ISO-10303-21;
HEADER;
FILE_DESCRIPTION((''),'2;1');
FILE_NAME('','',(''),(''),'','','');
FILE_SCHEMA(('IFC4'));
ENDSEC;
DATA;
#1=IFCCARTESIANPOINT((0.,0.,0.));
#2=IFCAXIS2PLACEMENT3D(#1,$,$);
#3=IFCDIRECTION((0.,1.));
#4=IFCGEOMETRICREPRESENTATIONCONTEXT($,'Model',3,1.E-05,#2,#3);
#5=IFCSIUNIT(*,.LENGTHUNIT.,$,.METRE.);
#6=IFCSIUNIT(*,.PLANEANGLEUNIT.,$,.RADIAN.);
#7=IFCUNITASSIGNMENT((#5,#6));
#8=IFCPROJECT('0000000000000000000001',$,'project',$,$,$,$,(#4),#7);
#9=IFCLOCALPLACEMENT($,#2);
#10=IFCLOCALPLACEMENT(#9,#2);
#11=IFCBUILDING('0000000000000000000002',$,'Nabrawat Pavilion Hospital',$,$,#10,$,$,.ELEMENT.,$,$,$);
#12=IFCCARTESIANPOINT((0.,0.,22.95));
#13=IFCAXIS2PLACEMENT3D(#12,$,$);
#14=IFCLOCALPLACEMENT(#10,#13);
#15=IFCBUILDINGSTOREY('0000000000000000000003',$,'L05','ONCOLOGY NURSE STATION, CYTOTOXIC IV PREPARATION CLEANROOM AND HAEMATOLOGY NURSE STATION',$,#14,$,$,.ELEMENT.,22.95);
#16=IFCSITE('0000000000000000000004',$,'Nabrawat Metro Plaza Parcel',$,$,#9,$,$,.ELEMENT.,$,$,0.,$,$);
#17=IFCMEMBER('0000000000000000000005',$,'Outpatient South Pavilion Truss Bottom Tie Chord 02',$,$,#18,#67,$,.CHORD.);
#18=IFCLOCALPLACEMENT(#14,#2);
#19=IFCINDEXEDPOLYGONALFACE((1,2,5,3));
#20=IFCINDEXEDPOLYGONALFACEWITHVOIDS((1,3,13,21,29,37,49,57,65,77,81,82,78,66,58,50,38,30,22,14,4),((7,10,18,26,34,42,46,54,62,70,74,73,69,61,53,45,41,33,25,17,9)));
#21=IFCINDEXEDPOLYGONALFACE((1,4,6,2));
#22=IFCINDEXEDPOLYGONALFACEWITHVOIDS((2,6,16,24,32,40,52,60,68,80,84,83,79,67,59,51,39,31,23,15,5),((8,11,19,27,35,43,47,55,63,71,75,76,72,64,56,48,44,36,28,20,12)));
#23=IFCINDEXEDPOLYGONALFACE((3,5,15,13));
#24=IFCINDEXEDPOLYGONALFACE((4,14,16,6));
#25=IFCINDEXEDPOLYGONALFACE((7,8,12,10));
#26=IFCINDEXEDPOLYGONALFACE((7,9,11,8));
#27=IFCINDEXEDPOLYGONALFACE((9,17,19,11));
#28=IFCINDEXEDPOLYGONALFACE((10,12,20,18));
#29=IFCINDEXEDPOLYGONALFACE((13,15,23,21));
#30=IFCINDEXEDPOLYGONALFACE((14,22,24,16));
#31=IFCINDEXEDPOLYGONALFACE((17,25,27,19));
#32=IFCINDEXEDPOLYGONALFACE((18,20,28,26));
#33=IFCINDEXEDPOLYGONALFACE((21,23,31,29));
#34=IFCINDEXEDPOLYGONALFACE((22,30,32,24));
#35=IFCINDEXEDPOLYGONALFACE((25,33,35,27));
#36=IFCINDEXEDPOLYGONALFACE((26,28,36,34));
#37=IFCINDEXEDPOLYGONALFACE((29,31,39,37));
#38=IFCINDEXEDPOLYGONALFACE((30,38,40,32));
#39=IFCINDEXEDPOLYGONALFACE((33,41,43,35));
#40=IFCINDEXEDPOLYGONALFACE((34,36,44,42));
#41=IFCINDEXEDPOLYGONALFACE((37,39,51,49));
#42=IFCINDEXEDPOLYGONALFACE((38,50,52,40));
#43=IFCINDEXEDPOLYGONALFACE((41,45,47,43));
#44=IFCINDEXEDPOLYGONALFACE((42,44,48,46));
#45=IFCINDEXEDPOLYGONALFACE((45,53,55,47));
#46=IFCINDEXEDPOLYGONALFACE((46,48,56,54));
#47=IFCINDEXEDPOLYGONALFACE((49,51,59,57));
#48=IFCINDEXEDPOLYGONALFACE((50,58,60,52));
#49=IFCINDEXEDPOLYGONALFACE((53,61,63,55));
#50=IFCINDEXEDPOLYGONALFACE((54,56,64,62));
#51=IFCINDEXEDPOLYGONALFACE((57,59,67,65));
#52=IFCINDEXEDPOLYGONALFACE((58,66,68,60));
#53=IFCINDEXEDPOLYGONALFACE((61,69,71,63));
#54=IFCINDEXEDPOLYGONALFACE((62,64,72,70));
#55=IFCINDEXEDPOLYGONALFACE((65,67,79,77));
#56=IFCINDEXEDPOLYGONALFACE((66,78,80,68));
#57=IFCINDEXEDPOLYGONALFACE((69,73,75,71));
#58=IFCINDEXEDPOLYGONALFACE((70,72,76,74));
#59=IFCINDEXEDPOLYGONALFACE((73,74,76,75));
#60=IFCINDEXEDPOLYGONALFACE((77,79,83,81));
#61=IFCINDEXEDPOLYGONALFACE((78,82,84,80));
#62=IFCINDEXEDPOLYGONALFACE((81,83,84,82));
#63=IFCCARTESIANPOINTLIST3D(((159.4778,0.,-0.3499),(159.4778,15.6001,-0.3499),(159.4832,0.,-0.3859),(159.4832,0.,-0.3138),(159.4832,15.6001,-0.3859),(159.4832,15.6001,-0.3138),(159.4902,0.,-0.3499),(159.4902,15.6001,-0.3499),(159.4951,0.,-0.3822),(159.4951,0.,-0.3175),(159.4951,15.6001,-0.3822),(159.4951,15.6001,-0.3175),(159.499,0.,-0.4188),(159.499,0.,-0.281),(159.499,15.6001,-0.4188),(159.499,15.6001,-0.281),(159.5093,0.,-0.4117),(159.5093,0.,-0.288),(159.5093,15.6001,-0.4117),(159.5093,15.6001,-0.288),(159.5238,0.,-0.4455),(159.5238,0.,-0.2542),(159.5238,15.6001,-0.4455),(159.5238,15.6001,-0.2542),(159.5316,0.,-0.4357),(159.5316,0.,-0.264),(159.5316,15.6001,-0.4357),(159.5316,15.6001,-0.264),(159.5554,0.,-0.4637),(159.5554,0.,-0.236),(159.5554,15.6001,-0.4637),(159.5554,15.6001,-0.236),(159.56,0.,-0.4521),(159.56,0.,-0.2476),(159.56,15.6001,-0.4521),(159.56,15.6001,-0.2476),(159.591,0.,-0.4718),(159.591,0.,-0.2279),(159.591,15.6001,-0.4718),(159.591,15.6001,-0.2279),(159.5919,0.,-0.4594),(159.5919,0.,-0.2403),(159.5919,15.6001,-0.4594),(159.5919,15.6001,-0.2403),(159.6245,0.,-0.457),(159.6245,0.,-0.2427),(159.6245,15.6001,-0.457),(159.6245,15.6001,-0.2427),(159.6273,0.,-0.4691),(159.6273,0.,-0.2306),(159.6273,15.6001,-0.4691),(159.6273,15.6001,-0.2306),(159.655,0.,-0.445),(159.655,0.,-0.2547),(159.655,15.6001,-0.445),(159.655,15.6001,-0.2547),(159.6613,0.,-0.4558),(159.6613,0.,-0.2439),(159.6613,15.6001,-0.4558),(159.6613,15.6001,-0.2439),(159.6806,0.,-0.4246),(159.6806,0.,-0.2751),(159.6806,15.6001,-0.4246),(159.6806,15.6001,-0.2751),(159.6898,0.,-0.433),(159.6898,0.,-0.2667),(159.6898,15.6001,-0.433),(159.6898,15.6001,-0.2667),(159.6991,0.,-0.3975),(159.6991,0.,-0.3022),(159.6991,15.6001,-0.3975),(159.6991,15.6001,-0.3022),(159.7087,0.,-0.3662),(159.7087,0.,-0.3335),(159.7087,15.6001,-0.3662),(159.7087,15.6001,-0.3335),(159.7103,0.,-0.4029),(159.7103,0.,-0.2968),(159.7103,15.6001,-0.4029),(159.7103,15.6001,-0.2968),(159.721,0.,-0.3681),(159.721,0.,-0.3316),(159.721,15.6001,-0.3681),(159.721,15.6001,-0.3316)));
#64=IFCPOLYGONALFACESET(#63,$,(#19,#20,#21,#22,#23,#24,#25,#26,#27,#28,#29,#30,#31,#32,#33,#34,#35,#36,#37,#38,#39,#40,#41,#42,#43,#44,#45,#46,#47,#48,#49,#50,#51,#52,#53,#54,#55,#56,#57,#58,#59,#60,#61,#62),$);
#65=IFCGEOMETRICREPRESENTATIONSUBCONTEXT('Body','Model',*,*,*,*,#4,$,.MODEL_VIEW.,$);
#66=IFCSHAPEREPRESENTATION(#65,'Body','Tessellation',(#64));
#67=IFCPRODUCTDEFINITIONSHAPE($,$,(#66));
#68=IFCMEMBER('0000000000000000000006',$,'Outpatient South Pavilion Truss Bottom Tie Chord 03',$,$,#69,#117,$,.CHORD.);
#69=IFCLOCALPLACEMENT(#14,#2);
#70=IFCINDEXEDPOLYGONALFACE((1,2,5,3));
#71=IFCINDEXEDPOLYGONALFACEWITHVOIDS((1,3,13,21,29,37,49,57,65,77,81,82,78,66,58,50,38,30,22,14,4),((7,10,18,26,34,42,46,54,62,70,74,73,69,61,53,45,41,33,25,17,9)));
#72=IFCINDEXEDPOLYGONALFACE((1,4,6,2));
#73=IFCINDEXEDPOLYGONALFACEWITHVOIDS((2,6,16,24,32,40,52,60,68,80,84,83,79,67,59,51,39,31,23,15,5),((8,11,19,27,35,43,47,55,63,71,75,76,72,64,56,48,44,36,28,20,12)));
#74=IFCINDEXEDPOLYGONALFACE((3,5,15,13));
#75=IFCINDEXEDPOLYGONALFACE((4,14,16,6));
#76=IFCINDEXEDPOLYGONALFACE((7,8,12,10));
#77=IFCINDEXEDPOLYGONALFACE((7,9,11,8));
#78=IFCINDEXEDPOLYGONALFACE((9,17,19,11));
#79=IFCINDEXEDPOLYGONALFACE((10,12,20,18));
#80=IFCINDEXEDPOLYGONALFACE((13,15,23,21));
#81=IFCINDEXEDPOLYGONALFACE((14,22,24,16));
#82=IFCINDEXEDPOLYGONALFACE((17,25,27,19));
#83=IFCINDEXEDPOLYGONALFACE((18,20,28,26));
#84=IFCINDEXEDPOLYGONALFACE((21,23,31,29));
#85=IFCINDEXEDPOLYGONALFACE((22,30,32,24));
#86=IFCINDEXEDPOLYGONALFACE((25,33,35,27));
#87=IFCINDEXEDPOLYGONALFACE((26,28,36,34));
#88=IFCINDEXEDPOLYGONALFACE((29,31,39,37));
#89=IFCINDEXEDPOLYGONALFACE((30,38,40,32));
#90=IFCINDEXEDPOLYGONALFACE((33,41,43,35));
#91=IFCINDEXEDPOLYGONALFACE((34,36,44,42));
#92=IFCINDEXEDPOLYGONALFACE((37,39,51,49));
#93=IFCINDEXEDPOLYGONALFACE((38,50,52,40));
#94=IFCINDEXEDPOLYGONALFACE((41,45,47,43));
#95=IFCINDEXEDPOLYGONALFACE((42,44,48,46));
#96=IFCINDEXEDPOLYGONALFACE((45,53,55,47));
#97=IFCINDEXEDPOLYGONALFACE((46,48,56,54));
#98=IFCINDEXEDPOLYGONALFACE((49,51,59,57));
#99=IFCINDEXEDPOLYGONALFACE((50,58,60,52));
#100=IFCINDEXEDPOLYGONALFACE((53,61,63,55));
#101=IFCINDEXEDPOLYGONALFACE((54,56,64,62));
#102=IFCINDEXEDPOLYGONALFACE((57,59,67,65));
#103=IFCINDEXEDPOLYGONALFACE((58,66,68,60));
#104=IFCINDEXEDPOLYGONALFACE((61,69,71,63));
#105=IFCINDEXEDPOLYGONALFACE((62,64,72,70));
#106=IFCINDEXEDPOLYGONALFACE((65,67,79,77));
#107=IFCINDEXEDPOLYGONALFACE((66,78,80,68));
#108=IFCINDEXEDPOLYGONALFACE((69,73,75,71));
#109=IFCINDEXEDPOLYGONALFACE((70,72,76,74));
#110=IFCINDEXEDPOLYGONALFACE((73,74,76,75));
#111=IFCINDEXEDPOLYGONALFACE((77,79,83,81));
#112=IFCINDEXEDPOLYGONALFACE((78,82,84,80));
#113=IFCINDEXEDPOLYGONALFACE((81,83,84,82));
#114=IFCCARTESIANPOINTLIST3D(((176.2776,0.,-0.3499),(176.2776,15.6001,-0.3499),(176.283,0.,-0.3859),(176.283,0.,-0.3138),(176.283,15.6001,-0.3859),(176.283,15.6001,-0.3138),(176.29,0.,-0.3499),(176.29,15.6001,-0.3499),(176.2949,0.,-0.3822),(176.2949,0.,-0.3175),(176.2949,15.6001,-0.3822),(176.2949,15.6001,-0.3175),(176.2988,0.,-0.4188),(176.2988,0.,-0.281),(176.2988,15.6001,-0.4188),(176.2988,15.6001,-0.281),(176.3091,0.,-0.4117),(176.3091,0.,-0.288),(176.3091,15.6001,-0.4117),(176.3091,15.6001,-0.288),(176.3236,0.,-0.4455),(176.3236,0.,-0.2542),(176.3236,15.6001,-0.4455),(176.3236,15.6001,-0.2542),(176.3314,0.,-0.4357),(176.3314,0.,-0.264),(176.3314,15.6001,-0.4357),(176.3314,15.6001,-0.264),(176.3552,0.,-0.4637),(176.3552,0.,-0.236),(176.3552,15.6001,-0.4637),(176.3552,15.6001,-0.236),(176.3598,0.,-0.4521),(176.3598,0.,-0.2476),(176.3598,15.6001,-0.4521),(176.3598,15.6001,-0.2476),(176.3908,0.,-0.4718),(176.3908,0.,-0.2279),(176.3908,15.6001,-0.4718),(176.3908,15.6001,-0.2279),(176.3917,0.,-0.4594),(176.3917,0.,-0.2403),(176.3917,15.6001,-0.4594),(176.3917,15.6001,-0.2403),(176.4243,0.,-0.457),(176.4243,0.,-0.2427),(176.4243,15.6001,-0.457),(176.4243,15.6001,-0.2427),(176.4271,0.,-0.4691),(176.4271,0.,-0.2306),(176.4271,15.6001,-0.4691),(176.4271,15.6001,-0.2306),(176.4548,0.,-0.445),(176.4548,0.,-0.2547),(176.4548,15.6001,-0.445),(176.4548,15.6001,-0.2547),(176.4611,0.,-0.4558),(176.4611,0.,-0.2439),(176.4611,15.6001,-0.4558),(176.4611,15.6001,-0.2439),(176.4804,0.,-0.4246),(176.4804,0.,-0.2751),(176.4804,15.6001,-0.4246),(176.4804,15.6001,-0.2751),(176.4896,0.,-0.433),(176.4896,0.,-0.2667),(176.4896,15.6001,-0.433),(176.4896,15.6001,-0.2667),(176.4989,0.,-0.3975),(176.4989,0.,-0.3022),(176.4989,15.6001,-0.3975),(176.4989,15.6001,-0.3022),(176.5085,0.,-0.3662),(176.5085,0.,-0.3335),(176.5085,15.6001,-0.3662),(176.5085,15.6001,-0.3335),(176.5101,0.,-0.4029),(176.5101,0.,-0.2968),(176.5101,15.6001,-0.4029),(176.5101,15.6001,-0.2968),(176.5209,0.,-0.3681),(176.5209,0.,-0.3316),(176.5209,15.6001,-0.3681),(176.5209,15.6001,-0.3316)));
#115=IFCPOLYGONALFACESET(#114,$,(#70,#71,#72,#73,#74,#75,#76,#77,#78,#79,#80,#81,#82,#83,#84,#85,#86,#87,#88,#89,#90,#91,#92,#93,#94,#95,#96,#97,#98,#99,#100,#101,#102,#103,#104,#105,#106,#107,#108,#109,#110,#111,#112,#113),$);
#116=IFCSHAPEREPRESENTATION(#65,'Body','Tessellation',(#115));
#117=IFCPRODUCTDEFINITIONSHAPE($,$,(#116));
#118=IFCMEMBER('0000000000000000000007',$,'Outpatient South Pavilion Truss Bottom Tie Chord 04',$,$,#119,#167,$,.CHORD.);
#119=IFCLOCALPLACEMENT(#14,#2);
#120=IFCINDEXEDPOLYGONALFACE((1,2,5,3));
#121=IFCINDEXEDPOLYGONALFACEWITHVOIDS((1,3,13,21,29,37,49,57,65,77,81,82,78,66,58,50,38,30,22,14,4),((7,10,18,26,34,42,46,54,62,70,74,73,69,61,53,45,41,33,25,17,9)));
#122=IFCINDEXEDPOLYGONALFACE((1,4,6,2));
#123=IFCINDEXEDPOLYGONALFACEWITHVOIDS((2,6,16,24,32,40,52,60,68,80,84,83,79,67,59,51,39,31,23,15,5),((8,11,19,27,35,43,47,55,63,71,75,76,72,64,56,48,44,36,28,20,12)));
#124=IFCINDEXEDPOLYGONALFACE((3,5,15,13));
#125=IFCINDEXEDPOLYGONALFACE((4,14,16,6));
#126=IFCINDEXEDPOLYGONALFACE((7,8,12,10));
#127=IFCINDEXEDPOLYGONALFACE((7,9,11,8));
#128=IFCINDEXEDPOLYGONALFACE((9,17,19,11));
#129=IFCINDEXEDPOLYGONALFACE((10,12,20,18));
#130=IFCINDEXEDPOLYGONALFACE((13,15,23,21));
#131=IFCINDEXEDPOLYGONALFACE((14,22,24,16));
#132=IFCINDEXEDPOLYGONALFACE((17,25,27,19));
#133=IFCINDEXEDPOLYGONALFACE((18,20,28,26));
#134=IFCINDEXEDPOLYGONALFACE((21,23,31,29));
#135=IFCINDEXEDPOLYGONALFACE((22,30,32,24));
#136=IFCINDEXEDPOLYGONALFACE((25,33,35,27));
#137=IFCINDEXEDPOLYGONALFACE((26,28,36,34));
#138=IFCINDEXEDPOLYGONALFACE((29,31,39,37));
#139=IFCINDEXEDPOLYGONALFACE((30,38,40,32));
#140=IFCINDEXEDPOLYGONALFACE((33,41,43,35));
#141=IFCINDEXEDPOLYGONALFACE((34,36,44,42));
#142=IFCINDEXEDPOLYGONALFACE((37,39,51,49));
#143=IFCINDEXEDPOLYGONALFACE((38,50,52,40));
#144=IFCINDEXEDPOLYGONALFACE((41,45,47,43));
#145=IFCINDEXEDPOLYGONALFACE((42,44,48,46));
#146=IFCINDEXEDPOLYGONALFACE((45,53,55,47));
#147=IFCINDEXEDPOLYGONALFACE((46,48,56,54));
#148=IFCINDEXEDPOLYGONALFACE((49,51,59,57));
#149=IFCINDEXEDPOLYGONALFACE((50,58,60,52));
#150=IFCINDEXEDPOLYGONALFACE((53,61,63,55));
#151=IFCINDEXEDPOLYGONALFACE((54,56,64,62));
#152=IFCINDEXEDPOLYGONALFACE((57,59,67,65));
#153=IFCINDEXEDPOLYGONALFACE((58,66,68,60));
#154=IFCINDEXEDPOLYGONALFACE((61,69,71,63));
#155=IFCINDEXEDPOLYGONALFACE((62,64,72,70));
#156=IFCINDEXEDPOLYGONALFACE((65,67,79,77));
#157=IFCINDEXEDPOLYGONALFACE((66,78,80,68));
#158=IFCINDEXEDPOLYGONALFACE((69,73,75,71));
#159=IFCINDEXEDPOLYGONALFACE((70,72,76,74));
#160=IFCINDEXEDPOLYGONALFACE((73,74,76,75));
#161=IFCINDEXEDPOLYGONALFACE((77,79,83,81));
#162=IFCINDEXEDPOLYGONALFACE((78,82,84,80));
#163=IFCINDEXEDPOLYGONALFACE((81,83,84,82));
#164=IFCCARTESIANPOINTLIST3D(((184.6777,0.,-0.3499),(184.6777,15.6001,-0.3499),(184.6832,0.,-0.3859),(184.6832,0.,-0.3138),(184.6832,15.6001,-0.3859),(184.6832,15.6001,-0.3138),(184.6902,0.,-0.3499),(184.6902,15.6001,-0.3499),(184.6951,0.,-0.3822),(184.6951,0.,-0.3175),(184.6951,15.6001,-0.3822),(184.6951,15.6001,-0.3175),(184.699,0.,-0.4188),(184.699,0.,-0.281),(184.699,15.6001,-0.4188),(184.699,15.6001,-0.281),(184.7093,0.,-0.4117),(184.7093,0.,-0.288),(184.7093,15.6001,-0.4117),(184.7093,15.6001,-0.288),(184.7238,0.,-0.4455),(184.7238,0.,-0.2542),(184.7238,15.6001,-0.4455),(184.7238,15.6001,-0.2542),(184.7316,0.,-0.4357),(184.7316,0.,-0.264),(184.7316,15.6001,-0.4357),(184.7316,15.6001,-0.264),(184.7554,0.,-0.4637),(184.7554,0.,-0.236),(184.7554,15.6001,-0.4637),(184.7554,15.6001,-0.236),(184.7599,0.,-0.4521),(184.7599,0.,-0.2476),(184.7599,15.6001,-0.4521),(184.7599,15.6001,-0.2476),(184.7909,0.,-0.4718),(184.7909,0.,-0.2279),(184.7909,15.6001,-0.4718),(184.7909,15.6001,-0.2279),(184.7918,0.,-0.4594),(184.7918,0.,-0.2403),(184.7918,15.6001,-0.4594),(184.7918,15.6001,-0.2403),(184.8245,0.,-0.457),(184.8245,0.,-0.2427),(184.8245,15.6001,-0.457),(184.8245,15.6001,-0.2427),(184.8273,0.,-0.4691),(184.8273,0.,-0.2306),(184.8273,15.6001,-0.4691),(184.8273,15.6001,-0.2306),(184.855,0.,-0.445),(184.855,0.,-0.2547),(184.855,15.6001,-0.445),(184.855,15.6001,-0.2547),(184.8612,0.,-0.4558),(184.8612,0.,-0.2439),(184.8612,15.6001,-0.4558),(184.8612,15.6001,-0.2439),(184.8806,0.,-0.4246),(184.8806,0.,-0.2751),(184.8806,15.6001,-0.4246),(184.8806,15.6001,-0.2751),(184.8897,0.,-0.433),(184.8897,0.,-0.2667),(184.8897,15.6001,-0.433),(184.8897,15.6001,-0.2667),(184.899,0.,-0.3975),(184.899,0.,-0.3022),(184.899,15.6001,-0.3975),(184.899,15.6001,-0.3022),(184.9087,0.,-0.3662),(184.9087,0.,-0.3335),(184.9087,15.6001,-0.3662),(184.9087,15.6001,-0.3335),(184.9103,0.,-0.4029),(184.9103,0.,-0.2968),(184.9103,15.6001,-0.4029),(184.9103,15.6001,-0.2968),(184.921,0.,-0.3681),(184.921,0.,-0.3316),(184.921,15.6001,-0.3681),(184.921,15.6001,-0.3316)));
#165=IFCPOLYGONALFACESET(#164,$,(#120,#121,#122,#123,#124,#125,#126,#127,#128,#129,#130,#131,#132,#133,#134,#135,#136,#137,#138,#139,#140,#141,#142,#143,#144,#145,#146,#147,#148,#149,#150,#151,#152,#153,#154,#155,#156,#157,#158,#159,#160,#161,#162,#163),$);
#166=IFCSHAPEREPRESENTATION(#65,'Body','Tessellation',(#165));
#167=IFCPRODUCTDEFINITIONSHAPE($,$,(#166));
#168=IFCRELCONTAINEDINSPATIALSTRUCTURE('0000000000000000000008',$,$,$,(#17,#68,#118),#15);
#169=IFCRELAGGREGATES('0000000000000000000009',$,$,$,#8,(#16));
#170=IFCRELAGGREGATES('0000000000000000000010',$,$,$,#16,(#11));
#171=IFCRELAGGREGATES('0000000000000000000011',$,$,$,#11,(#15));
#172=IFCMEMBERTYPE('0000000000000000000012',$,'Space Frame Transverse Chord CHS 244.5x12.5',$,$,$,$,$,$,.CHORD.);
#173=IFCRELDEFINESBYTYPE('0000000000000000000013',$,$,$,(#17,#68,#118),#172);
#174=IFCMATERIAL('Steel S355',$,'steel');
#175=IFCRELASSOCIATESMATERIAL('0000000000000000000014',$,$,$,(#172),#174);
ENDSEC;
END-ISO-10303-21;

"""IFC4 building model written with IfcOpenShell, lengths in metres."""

from ifc_helpers import new_model, si_unit, direction, frame, origin, origin_2d, place, context, subcontext, project, spatial, hollow_circle, extrude, material, material_profile, profile_set, type_object, element, save


model = new_model("IFC4")

# Units and contexts
model_context = context("Model", 3, precision=1e-05, world=origin(), true_north=direction((0.0, 1.0)))
body_context = subcontext(model_context, "Body", "Model", "MODEL_VIEW")
ifc_project = project(units=[si_unit("LENGTHUNIT", "METRE"), si_unit("PLANEANGLEUNIT", "RADIAN")], contexts=[model_context])

# Site, building, storey
site_placement = place(None, origin())
site = spatial("IfcSite", under=ifc_project, at=site_placement, Name="Nabrawat Metro Plaza Parcel", CompositionType="ELEMENT", RefElevation=0.0)
building_placement = place(site_placement, origin())
building = spatial("IfcBuilding", under=site, at=building_placement, Name="Nabrawat Pavilion Hospital", CompositionType="ELEMENT")
storey_placement = place(building_placement, frame((0.0, 0.0, 22.95)))
storey = spatial("IfcBuildingStorey", under=building, at=storey_placement, Name="L05", Description="ONCOLOGY NURSE STATION, CYTOTOXIC IV PREPARATION CLEANROOM AND HAEMATOLOGY NURSE STATION", CompositionType="ELEMENT", Elevation=22.95)

# Shared definitions
ifc_material_1 = material(Name="Steel S355", Category="steel")

# Members
ifc_material_profile_1 = material_profile(ifc_material_1, hollow_circle(Radius=0.1223, WallThickness=0.0125, at=origin_2d()), Name="CHS 244.5x12.5")
ifc_profile_set_1 = profile_set([ifc_material_profile_1], Name="Steel S355")
member_type_1 = type_object("IfcMemberType", Name="Space Frame Transverse Chord CHS 244.5x12.5", PredefinedType="CHORD", material=ifc_profile_set_1)
for number, where, z_axis, x_axis, name in (
    (1, (159.6001, 0.0, -0.3499), (0.0, 1.0, 0.0), (-1.0, 0.0, 0.0), "Outpatient South Pavilion Truss Bottom Tie Chord 02"),
    (2, (176.3999, 0.0, -0.3499), (0.0, 1.0, 0.0), (-1.0, 0.0, 0.0), "Outpatient South Pavilion Truss Bottom Tie Chord 03"),
    (3, (184.8, 0.0, -0.3499), (0.0, 1.0, 0.0), (-1.0, 0.0, 0.0), "Outpatient South Pavilion Truss Bottom Tie Chord 04"),
):
    element("IfcMember", number, at=place(storey_placement, frame(where, z_axis=z_axis, x_axis=x_axis)), inside=storey, type_object=member_type_1, Name=name, PredefinedType="CHORD", context=body_context, shape_type="SweptSolid", body=[
        extrude(hollow_circle(Radius=0.1223, WallThickness=0.0125, at=origin_2d()), origin(), (0.0, 0.0, 1.0), 15.6001),
    ])

save(model, "model.ifc")
